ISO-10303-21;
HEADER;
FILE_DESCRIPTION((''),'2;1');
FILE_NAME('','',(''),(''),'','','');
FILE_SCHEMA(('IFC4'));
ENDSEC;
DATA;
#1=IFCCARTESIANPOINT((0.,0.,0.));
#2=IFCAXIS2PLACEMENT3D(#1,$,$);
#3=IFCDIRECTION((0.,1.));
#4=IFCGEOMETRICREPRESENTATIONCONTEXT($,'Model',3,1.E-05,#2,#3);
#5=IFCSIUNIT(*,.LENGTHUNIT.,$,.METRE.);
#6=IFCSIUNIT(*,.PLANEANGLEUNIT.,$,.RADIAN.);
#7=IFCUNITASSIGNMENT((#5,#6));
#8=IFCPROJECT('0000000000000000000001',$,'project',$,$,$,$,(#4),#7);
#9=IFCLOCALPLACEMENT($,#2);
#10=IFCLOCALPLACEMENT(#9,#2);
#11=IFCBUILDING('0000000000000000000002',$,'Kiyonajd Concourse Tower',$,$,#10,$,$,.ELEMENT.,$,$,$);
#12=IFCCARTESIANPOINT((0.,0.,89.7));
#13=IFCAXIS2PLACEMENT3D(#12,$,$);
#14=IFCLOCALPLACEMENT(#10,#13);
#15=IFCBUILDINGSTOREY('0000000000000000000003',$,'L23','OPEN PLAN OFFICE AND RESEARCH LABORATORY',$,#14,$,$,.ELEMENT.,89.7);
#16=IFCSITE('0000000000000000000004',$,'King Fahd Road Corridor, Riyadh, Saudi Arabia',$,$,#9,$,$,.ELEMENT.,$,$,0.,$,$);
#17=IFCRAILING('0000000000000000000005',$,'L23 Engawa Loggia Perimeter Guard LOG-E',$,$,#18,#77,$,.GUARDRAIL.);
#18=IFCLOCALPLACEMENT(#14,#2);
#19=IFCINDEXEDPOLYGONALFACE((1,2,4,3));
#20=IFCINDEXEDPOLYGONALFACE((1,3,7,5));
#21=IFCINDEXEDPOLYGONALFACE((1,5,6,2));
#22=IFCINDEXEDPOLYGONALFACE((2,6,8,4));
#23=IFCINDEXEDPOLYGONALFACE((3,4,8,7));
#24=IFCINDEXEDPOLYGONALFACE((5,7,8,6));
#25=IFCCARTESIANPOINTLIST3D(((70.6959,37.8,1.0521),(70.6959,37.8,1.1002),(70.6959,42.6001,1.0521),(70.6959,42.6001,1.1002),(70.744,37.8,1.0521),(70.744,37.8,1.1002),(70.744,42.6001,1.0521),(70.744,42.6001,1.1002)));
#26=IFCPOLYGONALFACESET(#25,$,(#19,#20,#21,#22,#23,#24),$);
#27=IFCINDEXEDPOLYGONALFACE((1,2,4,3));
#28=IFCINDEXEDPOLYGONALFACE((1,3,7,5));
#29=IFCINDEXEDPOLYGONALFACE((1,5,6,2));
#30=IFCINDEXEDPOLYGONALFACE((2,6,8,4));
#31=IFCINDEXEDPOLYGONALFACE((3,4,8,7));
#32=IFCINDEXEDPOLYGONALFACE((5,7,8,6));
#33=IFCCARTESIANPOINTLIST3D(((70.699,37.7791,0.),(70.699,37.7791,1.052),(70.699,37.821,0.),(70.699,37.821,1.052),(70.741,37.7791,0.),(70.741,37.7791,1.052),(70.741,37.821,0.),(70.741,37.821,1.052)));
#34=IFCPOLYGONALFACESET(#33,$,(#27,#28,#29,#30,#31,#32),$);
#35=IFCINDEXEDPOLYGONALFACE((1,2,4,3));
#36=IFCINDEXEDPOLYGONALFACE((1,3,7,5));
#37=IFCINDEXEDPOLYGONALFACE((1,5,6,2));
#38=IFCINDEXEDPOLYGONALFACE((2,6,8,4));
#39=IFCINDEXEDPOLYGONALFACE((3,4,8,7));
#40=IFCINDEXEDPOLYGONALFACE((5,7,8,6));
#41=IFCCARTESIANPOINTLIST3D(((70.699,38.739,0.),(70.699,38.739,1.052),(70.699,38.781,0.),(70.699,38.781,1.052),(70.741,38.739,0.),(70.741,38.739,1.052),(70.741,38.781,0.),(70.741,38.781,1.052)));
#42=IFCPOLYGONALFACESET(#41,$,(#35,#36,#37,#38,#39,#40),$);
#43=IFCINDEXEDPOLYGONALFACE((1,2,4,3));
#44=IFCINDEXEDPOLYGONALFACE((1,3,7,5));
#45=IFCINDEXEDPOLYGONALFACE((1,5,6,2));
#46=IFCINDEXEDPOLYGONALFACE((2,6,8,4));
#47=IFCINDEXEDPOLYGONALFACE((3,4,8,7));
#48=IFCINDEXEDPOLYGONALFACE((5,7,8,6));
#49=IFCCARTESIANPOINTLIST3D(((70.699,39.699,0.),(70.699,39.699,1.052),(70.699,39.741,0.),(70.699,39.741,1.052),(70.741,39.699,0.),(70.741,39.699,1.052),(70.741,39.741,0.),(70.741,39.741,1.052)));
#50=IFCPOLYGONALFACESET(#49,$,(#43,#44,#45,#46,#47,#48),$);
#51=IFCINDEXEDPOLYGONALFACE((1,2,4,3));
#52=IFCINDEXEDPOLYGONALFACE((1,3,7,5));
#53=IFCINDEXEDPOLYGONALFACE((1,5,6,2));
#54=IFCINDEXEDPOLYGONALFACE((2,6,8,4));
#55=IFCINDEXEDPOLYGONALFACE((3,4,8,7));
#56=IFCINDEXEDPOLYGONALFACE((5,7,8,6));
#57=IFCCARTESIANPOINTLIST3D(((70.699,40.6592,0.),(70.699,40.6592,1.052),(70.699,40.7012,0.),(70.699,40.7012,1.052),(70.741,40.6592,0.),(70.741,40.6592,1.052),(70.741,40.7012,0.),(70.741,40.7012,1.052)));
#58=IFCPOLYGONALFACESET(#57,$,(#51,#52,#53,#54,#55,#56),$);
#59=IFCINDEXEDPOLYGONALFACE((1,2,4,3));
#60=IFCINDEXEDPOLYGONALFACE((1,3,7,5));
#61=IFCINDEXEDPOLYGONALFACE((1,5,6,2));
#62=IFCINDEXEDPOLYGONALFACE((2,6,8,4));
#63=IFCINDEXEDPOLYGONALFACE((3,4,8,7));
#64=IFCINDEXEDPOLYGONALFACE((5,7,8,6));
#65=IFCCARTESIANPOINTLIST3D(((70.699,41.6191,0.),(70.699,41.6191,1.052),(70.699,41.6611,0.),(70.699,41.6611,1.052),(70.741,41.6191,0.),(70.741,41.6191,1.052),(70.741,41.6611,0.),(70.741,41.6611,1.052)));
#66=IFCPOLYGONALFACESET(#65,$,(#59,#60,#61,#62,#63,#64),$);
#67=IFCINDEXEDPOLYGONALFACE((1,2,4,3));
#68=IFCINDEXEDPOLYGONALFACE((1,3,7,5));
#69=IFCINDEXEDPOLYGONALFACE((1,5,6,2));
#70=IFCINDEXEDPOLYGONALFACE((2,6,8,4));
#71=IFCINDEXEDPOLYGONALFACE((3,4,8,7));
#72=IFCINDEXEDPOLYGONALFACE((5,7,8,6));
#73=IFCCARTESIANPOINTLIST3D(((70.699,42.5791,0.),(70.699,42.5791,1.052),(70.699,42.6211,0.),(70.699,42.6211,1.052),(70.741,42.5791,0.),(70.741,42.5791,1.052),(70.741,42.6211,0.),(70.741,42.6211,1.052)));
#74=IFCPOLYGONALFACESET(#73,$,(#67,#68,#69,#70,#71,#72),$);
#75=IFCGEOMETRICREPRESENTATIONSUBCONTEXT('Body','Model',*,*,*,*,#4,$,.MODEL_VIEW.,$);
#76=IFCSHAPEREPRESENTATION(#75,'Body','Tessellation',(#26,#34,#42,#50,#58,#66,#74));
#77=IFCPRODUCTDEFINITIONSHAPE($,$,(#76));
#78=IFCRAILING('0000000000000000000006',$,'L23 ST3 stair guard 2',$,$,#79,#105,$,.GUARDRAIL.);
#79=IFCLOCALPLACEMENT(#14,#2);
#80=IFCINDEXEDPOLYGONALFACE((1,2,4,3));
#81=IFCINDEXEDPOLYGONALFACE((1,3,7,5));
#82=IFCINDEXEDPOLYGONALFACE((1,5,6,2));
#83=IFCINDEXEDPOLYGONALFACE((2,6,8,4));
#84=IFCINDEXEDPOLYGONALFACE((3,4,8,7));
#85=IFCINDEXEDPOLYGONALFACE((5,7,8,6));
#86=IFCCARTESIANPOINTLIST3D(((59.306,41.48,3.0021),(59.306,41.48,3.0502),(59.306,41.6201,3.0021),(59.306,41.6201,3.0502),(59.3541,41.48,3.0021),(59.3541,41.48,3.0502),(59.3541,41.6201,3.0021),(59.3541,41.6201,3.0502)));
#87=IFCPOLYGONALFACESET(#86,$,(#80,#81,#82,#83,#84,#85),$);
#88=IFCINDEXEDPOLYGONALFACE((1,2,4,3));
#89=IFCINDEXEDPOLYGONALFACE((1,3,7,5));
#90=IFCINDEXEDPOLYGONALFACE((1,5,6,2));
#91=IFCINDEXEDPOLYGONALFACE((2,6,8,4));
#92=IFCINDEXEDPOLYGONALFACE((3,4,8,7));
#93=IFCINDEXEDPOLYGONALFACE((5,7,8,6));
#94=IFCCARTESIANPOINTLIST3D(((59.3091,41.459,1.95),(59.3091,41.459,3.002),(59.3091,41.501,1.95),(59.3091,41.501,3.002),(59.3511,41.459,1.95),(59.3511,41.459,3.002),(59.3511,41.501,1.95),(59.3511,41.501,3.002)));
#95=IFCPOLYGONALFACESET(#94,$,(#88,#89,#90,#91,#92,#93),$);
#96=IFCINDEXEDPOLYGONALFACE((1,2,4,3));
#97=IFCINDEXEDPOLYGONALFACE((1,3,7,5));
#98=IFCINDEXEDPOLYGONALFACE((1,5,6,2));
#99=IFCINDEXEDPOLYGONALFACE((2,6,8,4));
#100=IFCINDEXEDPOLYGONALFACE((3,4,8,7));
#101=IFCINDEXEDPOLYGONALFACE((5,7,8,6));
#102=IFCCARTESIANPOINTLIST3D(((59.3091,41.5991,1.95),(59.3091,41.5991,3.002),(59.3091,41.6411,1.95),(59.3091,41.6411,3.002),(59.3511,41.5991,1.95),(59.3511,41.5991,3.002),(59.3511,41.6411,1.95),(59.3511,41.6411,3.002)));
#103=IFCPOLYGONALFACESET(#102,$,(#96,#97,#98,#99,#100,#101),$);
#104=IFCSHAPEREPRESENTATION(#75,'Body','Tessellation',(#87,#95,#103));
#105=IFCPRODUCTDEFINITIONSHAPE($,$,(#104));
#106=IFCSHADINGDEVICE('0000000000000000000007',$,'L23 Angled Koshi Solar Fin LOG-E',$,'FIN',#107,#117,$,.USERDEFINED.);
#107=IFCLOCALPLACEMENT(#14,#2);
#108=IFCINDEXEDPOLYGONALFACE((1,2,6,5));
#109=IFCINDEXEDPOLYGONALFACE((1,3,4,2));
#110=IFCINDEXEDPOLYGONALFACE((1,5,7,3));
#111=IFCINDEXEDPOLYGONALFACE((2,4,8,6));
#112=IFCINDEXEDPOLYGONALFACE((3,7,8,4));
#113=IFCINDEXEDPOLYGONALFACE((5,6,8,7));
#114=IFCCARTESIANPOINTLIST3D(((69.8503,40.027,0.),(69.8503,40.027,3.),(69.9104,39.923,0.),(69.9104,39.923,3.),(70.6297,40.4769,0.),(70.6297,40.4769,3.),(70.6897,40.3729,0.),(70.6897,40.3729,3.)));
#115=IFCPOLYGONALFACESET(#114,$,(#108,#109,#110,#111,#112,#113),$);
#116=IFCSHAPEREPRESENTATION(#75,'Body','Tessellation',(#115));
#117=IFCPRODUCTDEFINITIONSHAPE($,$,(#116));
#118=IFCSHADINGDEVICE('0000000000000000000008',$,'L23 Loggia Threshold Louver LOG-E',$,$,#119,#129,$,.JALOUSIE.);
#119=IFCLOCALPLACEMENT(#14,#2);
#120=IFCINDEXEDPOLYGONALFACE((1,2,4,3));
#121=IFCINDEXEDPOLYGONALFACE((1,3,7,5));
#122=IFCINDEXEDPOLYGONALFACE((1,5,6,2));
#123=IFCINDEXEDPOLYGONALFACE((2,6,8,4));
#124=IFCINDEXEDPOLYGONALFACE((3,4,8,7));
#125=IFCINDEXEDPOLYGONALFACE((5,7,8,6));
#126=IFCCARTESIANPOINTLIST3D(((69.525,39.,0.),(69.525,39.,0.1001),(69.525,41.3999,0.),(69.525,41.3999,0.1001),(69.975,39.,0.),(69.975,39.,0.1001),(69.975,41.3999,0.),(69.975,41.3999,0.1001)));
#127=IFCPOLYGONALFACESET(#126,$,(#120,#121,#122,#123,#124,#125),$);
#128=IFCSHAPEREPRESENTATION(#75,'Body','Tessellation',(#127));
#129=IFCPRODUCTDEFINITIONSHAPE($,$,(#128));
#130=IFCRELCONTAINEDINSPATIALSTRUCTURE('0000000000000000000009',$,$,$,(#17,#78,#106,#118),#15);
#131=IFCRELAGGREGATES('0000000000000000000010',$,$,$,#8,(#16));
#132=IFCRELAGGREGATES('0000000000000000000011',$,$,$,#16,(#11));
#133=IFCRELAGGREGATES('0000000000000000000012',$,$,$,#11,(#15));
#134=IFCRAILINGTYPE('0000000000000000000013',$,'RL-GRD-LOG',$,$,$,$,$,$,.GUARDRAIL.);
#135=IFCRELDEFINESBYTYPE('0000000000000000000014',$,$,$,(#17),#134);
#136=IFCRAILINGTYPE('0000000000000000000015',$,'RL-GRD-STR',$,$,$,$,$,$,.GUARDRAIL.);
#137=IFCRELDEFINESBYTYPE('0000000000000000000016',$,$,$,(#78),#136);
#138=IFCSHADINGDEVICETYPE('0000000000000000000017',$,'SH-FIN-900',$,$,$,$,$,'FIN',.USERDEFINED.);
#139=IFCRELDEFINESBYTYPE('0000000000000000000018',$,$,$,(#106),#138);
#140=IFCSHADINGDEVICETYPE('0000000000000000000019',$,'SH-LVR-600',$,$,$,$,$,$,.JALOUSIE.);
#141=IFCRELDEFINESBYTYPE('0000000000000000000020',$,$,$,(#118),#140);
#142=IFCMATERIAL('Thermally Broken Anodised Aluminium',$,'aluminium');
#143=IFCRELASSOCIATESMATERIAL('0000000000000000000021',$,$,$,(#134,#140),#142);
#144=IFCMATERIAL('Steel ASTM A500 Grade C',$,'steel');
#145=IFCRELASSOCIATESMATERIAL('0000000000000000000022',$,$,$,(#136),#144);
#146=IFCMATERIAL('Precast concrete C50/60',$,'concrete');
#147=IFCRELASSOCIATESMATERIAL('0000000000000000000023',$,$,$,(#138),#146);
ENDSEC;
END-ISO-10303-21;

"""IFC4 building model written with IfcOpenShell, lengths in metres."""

from ifc_helpers import new_model, si_unit, direction, frame, origin, origin_2d, place, context, subcontext, project, spatial, rectangle, extrude, material, type_object, element, save


model = new_model("IFC4")

# Units and contexts
model_context = context("Model", 3, precision=1e-05, world=origin(), true_north=direction((0.0, 1.0)))
body_context = subcontext(model_context, "Body", "Model", "MODEL_VIEW")
ifc_project = project(units=[si_unit("LENGTHUNIT", "METRE"), si_unit("PLANEANGLEUNIT", "RADIAN")], contexts=[model_context])

# Site, building, storey
site_placement = place(None, origin())
site = spatial("IfcSite", under=ifc_project, at=site_placement, Name="King Fahd Road Corridor, Riyadh, Saudi Arabia", CompositionType="ELEMENT", RefElevation=0.0)
building_placement = place(site_placement, origin())
building = spatial("IfcBuilding", under=site, at=building_placement, Name="Kiyonajd Concourse Tower", CompositionType="ELEMENT")
storey_placement = place(building_placement, frame((0.0, 0.0, 89.7)))
storey = spatial("IfcBuildingStorey", under=building, at=storey_placement, Name="L23", Description="OPEN PLAN OFFICE AND RESEARCH LABORATORY", CompositionType="ELEMENT", Elevation=89.7)

# Shared definitions
ifc_material_1 = material(Name="Precast concrete C50/60", Category="concrete")

# Shared definitions
ifc_material_2 = material(Name="Thermally Broken Anodised Aluminium", Category="aluminium")

# Railings
railing_type_1 = type_object("IfcRailingType", Name="RL-GRD-LOG", PredefinedType="GUARDRAIL", material=ifc_material_2)
railing_1_placement = place(storey_placement, frame((70.72, 37.8, 0.0)))
element("IfcRailing", 1, at=railing_1_placement, inside=storey, type_object=railing_type_1, Name="L23 Engawa Loggia Perimeter Guard LOG-E", PredefinedType="GUARDRAIL", context=body_context, shape_type="SweptSolid", body=[
    extrude(rectangle(XDim=0.0481, YDim=0.0481, at=origin_2d()), frame((0.0, 0.0, 1.0762), z_axis=(0.0, 1.0, 0.0), x_axis=(-1.0, 0.0, 0.0)), (0.0, 0.0, 1.0), 4.8),
    extrude(rectangle(XDim=0.042, YDim=0.042, at=origin_2d()), origin(), (0.0, 0.0, 1.0), 1.052),
    extrude(rectangle(XDim=0.042, YDim=0.042, at=origin_2d()), frame((0.0, 0.96, 0.0)), (0.0, 0.0, 1.0), 1.052),
    extrude(rectangle(XDim=0.042, YDim=0.042, at=origin_2d()), frame((0.0, 1.9199, 0.0)), (0.0, 0.0, 1.0), 1.052),
    extrude(rectangle(XDim=0.042, YDim=0.042, at=origin_2d()), frame((0.0, 2.8801, 0.0)), (0.0, 0.0, 1.0), 1.052),
    extrude(rectangle(XDim=0.042, YDim=0.042, at=origin_2d()), frame((0.0, 3.8401, 0.0)), (0.0, 0.0, 1.0), 1.052),
    extrude(rectangle(XDim=0.042, YDim=0.042, at=origin_2d()), frame((0.0, 4.8, 0.0)), (0.0, 0.0, 1.0), 1.052),
])
ifc_material_3 = material(Name="Steel ASTM A500 Grade C", Category="steel")
railing_type_2 = type_object("IfcRailingType", Name="RL-GRD-STR", PredefinedType="GUARDRAIL", material=ifc_material_3)
railing_2_placement = place(storey_placement, frame((59.3301, 41.48, 1.95)))
element("IfcRailing", 2, at=railing_2_placement, inside=storey, type_object=railing_type_2, Name="L23 ST3 stair guard 2", PredefinedType="GUARDRAIL", context=body_context, shape_type="SweptSolid", body=[
    extrude(rectangle(XDim=0.0481, YDim=0.0481, at=origin_2d()), frame((0.0, 0.0, 1.0762), z_axis=(0.0, 1.0, 0.0), x_axis=(-1.0, 0.0, 0.0)), (0.0, 0.0, 1.0), 0.1401),
    extrude(rectangle(XDim=0.042, YDim=0.042, at=origin_2d()), origin(), (0.0, 0.0, 1.0), 1.052),
    extrude(rectangle(XDim=0.042, YDim=0.042, at=origin_2d()), frame((0.0, 0.1401, 0.0)), (0.0, 0.0, 1.0), 1.052),
])

# Shading devices
shading_device_type_1 = type_object("IfcShadingDeviceType", Name="SH-FIN-900", ElementType="FIN", PredefinedType="USERDEFINED", material=ifc_material_1)
shading_device_1_placement = place(storey_placement, frame((70.27, 40.2, 0.0), z_axis=(0.0, 0.0, 1.0), x_axis=(0.866025, 0.5, 0.0)))
element("IfcShadingDevice", 3, at=shading_device_1_placement, inside=storey, type_object=shading_device_type_1, Name="L23 Angled Koshi Solar Fin LOG-E", ObjectType="FIN", PredefinedType="USERDEFINED", context=body_context, shape_type="SweptSolid", body=[
    extrude(rectangle(XDim=0.8999, YDim=0.1201, at=origin_2d()), origin(), (0.0, 0.0, 1.0), 3.0),
])
shading_device_type_2 = type_object("IfcShadingDeviceType", Name="SH-LVR-600", PredefinedType="JALOUSIE", material=ifc_material_2)
shading_device_2_placement = place(storey_placement, frame((69.75, 40.2, 0.0), z_axis=(0.0, 0.0, 1.0), x_axis=(0.0, 1.0, 0.0)))
element("IfcShadingDevice", 4, at=shading_device_2_placement, inside=storey, type_object=shading_device_type_2, Name="L23 Loggia Threshold Louver LOG-E", PredefinedType="JALOUSIE", context=body_context, shape_type="SweptSolid", body=[
    extrude(rectangle(XDim=2.3999, YDim=0.45, at=origin_2d()), origin(), (0.0, 0.0, 1.0), 0.1001),
])

save(model, "model.ifc")
